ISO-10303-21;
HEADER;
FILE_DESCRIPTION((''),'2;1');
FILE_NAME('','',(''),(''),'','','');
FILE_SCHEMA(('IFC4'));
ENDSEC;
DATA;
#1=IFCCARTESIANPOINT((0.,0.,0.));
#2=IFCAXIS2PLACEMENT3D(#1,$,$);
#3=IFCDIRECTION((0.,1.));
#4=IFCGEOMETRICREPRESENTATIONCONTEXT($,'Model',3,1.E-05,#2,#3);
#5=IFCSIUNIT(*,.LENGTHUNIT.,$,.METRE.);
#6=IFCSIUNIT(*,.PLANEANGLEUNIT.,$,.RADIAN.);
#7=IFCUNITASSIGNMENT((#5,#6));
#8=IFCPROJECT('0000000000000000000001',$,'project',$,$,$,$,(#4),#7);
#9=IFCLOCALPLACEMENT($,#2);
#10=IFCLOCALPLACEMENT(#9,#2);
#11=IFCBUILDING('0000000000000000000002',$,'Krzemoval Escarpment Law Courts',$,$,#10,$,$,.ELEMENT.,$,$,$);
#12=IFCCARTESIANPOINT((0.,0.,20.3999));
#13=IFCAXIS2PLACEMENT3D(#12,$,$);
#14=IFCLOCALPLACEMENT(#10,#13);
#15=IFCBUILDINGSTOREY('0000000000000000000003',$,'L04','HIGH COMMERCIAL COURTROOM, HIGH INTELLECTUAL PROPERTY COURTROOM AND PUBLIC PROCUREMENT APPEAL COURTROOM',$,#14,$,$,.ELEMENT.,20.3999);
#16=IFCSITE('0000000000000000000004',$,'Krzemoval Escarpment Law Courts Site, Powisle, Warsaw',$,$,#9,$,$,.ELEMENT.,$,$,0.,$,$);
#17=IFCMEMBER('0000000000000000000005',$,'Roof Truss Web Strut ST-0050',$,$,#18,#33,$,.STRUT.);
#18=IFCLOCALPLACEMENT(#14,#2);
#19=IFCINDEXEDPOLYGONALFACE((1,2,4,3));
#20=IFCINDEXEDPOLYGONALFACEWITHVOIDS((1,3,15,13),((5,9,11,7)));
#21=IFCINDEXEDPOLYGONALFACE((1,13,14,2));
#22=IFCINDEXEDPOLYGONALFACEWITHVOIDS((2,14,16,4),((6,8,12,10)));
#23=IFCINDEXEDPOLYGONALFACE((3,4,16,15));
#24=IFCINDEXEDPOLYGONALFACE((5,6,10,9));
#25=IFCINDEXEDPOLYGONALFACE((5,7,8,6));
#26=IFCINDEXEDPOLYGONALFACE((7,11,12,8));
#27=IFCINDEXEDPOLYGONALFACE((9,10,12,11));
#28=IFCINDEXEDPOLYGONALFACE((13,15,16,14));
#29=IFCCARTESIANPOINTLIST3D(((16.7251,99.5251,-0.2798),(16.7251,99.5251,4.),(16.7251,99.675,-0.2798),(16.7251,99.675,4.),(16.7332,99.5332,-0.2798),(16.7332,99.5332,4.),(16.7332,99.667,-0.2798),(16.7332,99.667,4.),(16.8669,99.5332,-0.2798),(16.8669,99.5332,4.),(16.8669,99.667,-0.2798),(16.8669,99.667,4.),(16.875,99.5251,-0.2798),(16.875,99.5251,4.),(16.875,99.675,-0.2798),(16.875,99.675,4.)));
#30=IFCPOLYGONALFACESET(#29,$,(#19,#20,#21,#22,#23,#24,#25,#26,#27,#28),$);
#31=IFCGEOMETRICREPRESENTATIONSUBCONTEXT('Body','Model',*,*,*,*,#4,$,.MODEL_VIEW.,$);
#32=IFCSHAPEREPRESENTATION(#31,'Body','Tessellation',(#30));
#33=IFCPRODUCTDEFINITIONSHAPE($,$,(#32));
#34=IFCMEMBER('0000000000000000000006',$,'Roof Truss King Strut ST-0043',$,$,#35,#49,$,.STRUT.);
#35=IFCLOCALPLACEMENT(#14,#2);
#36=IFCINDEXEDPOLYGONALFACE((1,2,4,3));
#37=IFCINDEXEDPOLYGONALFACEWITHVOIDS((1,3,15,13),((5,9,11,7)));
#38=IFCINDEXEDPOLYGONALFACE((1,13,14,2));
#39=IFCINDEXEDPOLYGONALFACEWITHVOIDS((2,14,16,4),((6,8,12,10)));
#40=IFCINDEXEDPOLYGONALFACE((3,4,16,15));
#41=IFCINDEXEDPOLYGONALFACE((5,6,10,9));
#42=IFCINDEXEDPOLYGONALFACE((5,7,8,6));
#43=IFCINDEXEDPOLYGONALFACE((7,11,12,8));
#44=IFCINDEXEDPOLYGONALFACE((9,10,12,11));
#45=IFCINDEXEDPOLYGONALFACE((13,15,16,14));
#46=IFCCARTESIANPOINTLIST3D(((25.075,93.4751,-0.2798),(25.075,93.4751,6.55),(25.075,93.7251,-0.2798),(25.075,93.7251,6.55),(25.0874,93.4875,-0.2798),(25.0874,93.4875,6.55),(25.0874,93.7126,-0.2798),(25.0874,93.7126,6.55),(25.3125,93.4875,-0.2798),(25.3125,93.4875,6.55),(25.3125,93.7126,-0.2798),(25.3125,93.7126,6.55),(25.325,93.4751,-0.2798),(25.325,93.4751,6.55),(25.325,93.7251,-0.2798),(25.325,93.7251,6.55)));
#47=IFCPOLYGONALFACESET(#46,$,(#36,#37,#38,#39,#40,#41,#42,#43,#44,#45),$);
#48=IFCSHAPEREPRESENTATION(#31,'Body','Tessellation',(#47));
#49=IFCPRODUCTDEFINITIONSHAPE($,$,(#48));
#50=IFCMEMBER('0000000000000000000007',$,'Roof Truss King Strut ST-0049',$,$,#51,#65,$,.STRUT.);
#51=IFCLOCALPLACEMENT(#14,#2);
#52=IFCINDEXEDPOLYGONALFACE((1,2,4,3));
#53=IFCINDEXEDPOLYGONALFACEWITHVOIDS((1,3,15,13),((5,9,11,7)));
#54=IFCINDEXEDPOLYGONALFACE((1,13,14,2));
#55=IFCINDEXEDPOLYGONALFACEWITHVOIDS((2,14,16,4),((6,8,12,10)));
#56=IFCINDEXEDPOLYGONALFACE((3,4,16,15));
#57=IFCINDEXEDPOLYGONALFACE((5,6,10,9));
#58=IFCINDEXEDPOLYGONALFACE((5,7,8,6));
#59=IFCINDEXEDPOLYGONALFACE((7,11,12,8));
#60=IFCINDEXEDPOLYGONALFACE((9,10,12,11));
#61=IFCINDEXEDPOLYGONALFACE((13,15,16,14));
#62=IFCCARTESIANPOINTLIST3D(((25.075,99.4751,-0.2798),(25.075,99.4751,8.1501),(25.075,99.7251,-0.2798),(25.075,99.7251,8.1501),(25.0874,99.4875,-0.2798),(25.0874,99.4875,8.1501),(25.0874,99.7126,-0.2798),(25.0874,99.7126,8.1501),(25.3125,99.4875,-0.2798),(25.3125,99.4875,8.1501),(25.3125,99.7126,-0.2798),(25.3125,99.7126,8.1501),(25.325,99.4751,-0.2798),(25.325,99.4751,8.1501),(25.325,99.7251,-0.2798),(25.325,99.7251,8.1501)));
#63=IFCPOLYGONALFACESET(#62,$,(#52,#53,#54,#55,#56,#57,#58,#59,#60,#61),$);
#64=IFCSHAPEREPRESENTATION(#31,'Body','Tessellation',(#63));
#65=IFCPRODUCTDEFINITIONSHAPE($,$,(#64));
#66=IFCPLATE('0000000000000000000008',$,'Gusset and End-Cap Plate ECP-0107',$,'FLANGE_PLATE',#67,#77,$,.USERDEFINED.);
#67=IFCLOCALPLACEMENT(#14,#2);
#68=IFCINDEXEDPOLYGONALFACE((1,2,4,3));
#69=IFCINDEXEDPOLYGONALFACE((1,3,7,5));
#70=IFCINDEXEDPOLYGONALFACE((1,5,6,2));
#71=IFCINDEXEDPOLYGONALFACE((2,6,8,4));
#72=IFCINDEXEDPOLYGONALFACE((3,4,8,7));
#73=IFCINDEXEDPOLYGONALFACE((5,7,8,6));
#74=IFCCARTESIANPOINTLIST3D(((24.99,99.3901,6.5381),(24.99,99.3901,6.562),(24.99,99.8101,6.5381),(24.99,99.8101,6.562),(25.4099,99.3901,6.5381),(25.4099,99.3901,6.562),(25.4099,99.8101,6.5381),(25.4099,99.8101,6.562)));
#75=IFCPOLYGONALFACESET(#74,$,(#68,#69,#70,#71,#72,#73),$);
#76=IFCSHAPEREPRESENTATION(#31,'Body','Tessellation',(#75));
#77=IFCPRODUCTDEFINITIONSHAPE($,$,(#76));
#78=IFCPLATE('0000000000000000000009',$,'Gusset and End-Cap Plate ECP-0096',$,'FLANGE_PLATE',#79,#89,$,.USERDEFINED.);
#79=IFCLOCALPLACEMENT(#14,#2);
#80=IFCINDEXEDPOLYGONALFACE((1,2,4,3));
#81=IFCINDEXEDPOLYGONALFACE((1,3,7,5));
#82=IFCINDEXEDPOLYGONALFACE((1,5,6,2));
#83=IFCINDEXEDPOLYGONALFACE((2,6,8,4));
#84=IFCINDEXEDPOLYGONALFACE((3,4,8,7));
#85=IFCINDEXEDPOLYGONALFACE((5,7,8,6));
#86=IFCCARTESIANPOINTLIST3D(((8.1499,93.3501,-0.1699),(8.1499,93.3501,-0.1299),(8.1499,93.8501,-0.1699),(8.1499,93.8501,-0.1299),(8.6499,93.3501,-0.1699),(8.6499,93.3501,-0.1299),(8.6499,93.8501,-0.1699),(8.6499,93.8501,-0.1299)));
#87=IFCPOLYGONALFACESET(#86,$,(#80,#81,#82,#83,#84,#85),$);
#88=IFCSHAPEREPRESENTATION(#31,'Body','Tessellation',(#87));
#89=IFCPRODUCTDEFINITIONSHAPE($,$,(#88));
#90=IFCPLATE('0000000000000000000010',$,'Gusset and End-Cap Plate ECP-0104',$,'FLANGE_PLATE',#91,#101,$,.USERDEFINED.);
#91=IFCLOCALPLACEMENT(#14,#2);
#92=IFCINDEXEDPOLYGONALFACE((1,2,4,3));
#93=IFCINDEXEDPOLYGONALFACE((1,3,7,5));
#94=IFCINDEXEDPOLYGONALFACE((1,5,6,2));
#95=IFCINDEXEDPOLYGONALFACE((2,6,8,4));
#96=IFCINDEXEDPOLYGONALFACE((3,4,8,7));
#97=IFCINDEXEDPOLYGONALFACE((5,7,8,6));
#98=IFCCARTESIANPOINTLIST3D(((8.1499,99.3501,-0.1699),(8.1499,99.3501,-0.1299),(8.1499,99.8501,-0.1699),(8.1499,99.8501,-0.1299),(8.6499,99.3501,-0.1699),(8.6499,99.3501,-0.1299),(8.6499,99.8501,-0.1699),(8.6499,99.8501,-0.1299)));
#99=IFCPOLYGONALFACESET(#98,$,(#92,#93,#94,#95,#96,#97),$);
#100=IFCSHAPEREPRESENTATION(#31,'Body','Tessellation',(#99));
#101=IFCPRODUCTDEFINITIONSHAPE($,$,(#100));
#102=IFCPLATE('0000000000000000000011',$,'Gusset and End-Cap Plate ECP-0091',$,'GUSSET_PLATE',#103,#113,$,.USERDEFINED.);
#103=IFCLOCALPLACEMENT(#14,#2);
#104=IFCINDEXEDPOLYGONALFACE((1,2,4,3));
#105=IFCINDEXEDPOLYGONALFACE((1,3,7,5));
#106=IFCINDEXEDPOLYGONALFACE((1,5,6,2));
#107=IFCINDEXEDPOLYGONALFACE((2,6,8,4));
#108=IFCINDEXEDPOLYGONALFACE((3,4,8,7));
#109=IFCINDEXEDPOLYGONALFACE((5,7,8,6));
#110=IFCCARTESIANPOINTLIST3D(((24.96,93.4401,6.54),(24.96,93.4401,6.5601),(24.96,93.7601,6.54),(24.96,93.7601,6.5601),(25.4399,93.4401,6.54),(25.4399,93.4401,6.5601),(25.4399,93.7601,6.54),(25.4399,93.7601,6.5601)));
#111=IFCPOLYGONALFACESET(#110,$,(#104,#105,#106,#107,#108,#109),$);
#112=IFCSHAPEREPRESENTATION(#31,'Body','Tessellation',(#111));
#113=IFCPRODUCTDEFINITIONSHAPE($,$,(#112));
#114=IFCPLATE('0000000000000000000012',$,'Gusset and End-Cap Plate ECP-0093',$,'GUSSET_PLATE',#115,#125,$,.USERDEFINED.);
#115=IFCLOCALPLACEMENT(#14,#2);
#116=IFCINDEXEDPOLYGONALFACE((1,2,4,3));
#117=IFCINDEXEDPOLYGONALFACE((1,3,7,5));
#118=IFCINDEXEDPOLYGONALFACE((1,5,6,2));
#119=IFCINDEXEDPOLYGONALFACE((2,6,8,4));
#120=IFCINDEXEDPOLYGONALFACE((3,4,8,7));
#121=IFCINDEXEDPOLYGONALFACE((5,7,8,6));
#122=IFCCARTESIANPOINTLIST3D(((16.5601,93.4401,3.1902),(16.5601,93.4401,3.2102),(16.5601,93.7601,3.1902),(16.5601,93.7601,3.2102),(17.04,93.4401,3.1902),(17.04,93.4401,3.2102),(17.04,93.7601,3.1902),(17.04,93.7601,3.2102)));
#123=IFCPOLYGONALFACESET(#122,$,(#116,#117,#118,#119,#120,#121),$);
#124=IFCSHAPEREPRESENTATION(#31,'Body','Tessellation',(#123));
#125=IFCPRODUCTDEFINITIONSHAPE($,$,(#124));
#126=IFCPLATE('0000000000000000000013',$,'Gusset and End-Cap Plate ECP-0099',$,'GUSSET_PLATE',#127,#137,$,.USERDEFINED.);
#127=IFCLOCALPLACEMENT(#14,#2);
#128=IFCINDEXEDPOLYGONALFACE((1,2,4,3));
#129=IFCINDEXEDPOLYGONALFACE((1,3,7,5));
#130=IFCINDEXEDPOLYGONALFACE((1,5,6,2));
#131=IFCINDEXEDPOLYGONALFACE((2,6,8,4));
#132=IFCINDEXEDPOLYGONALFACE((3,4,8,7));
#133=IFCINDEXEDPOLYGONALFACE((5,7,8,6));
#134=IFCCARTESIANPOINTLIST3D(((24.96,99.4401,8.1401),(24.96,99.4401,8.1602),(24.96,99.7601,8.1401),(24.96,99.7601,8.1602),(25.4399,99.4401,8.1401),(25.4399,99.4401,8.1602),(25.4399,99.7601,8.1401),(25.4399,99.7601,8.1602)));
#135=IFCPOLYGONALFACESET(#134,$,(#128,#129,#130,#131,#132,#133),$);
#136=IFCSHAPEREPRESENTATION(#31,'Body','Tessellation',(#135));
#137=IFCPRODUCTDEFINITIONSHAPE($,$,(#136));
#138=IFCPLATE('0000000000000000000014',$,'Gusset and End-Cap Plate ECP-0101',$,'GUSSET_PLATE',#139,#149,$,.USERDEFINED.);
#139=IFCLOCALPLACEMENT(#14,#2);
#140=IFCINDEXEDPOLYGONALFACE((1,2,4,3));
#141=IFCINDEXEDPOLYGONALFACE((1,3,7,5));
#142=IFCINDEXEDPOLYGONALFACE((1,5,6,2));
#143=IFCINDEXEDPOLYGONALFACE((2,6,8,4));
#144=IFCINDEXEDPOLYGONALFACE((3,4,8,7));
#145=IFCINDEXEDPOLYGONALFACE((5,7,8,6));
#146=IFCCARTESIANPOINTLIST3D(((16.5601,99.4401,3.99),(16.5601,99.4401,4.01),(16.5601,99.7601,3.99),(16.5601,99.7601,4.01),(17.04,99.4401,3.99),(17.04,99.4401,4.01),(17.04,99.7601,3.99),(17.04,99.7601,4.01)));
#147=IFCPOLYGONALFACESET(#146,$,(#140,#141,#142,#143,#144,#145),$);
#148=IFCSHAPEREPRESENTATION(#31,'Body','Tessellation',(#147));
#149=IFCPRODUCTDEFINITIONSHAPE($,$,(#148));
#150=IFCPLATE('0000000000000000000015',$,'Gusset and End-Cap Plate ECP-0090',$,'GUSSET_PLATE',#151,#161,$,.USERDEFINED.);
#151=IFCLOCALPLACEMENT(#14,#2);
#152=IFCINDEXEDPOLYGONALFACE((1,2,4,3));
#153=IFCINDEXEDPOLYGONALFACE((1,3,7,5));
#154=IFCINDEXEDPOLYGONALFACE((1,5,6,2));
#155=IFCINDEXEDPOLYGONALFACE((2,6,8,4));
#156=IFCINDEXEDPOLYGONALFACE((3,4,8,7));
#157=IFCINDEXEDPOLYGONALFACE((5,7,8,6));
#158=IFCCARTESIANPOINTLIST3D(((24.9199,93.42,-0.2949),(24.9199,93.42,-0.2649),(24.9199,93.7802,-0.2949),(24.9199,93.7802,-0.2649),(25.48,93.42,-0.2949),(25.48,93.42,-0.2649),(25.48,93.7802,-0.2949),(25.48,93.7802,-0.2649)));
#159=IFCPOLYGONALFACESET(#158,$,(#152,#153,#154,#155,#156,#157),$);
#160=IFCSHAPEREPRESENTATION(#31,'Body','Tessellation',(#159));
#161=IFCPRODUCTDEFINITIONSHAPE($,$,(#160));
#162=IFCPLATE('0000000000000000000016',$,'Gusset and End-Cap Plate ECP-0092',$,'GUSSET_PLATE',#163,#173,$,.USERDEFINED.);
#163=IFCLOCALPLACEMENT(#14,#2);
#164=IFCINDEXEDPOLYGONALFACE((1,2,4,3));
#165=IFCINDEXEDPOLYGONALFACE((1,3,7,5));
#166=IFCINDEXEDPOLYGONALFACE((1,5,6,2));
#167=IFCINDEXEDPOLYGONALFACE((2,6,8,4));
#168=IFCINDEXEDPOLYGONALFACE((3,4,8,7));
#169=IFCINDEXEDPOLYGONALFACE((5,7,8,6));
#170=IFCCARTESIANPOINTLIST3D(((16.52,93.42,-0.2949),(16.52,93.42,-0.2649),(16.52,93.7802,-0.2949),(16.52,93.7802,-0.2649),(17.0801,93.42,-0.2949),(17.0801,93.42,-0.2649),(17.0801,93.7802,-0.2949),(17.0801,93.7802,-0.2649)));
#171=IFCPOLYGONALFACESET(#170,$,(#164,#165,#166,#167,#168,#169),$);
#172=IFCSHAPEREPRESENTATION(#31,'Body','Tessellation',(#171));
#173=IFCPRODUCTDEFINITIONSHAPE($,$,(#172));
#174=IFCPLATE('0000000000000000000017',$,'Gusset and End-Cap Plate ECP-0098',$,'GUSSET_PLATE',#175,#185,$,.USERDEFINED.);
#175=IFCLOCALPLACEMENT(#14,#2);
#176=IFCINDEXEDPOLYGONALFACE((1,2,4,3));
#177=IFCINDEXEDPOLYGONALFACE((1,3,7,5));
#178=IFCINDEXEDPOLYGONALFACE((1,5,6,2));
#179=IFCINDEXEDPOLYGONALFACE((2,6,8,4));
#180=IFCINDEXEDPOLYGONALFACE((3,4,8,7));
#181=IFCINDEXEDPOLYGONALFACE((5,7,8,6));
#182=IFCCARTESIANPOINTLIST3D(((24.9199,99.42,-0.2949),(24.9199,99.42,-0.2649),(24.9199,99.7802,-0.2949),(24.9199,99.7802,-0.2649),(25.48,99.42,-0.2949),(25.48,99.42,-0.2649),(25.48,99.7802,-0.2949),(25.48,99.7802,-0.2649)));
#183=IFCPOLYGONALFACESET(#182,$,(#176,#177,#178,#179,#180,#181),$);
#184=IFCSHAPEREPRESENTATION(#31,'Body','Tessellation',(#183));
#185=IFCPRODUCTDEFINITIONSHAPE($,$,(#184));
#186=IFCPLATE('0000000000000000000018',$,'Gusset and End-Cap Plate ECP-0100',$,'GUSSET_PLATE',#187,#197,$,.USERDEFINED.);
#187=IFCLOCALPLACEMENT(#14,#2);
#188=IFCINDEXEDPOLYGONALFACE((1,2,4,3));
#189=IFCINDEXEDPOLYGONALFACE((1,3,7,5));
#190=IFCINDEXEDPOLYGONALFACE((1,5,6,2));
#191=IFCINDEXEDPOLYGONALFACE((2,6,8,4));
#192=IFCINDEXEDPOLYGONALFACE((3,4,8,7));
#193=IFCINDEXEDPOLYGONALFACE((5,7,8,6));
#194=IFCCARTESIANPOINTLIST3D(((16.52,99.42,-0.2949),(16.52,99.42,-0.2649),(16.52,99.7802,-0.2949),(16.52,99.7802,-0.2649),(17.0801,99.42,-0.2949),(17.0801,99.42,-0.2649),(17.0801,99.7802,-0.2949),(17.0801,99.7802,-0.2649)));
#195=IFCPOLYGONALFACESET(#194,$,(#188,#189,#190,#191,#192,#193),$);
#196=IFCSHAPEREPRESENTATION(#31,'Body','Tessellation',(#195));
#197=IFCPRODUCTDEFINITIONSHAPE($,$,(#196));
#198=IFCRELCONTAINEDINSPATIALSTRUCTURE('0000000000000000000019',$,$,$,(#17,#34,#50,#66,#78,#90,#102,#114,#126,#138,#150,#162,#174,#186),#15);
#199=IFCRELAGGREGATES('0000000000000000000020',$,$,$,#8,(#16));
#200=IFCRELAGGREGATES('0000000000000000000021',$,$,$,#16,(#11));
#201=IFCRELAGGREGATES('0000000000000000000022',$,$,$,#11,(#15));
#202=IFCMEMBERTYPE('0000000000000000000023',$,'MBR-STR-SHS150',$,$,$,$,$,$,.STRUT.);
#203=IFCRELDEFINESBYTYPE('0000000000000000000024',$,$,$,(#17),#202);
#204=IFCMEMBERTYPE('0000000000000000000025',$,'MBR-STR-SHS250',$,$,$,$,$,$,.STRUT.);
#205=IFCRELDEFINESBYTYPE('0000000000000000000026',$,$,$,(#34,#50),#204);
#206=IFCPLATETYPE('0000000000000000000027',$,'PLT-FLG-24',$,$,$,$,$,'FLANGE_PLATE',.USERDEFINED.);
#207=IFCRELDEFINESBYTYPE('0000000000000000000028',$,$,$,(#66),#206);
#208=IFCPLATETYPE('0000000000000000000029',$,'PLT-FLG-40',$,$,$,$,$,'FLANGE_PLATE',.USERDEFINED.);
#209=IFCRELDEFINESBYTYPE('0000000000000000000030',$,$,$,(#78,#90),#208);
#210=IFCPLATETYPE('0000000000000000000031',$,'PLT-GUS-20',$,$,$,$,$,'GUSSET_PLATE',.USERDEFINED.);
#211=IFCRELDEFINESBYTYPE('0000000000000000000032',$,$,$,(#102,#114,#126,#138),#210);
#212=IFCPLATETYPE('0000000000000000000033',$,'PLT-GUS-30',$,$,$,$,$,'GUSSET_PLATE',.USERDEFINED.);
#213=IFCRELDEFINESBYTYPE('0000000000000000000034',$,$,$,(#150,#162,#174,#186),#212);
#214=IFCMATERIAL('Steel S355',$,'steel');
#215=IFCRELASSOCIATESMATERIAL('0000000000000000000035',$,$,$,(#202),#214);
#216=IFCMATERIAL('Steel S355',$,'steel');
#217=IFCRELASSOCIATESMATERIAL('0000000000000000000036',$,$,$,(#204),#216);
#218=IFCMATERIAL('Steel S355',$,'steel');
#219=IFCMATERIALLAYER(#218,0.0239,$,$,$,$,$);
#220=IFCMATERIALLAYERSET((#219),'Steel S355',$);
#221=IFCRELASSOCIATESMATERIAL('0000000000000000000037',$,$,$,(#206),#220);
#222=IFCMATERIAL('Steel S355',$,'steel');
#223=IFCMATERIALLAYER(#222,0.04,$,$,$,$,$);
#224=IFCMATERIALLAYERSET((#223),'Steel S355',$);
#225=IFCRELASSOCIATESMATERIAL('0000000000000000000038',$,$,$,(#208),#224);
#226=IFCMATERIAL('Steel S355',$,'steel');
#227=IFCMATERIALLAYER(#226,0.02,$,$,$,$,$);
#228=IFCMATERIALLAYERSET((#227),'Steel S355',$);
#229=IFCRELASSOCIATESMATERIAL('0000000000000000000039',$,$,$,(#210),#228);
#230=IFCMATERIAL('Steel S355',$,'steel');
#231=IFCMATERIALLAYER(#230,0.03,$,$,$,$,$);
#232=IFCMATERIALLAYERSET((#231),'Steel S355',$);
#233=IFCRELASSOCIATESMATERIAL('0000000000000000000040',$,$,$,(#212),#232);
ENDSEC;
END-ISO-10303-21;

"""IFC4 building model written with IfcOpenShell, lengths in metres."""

from ifc_helpers import new_model, si_unit, direction, frame, origin, origin_2d, place, context, subcontext, project, spatial, rectangle, hollow_rectangle, extrude, material, layer, layer_set, material_profile, profile_set, type_object, element, save


model = new_model("IFC4")

# Units and contexts
model_context = context("Model", 3, precision=1e-05, world=origin(), true_north=direction((0.0, 1.0)))
body_context = subcontext(model_context, "Body", "Model", "MODEL_VIEW")
ifc_project = project(units=[si_unit("LENGTHUNIT", "METRE"), si_unit("PLANEANGLEUNIT", "RADIAN")], contexts=[model_context])

# Site, building, storey
site_placement = place(None, origin())
site = spatial("IfcSite", under=ifc_project, at=site_placement, Name="Krzemoval Escarpment Law Courts Site, Powisle, Warsaw", CompositionType="ELEMENT", RefElevation=0.0)
building_placement = place(site_placement, origin())
building = spatial("IfcBuilding", under=site, at=building_placement, Name="Krzemoval Escarpment Law Courts", CompositionType="ELEMENT")
storey_placement = place(building_placement, frame((0.0, 0.0, 20.3999)))
storey = spatial("IfcBuildingStorey", under=building, at=storey_placement, Name="L04", Description="HIGH COMMERCIAL COURTROOM, HIGH INTELLECTUAL PROPERTY COURTROOM AND PUBLIC PROCUREMENT APPEAL COURTROOM", CompositionType="ELEMENT", Elevation=20.3999)

# Members
ifc_material_1 = material(Name="Steel S355", Category="steel")
ifc_material_profile_1 = material_profile(ifc_material_1, hollow_rectangle(XDim=0.1499, YDim=0.1499, WallThickness=0.0081, at=origin_2d()), Name="SHS 150x150x8")
ifc_profile_set_1 = profile_set([ifc_material_profile_1], Name="Steel S355")
member_type_1 = type_object("IfcMemberType", Name="MBR-STR-SHS150", PredefinedType="STRUT", material=ifc_profile_set_1)
member_1_placement = place(storey_placement, frame((16.8, 99.6001, -0.2798), z_axis=(0.0, 0.0, 1.0), x_axis=(1.0, 0.0, 0.0)))
element("IfcMember", 1, at=member_1_placement, inside=storey, type_object=member_type_1, Name="Roof Truss Web Strut ST-0050", PredefinedType="STRUT", context=body_context, shape_type="SweptSolid", body=[
    extrude(hollow_rectangle(XDim=0.1499, YDim=0.1499, WallThickness=0.0081, at=origin_2d()), origin(), (0.0, 0.0, 1.0), 4.2798),
])
ifc_material_2 = material(Name="Steel S355", Category="steel")
ifc_material_profile_2 = material_profile(ifc_material_2, hollow_rectangle(XDim=0.25, YDim=0.25, WallThickness=0.0125, at=origin_2d()), Name="SHS 250x250x12.5")
ifc_profile_set_2 = profile_set([ifc_material_profile_2], Name="Steel S355")
member_type_2 = type_object("IfcMemberType", Name="MBR-STR-SHS250", PredefinedType="STRUT", material=ifc_profile_set_2)
member_2_placement = place(storey_placement, frame((25.2, 93.6001, -0.2798), z_axis=(0.0, 0.0, 1.0), x_axis=(1.0, 0.0, 0.0)))
element("IfcMember", 2, at=member_2_placement, inside=storey, type_object=member_type_2, Name="Roof Truss King Strut ST-0043", PredefinedType="STRUT", context=body_context, shape_type="SweptSolid", body=[
    extrude(hollow_rectangle(XDim=0.25, YDim=0.25, WallThickness=0.0125, at=origin_2d()), origin(), (0.0, 0.0, 1.0), 6.8298),
])
member_3_placement = place(storey_placement, frame((25.2, 99.6001, -0.2798), z_axis=(0.0, 0.0, 1.0), x_axis=(1.0, 0.0, 0.0)))
element("IfcMember", 3, at=member_3_placement, inside=storey, type_object=member_type_2, Name="Roof Truss King Strut ST-0049", PredefinedType="STRUT", context=body_context, shape_type="SweptSolid", body=[
    extrude(hollow_rectangle(XDim=0.25, YDim=0.25, WallThickness=0.0125, at=origin_2d()), origin(), (0.0, 0.0, 1.0), 8.4299),
])

# Plates
ifc_material_3 = material(Name="Steel S355", Category="steel")
ifc_layer_1 = layer(ifc_material_3, 0.0239)
ifc_layer_set_1 = layer_set([ifc_layer_1], Name="Steel S355")
plate_type_1 = type_object("IfcPlateType", Name="PLT-FLG-24", ElementType="FLANGE_PLATE", PredefinedType="USERDEFINED", material=ifc_layer_set_1)
plate_placement = place(storey_placement, frame((25.2, 99.6001, 6.5381), z_axis=(0.0, 0.0, 1.0), x_axis=(1.0, 0.0, 0.0)))
element("IfcPlate", 4, at=plate_placement, inside=storey, type_object=plate_type_1, Name="Gusset and End-Cap Plate ECP-0107", ObjectType="FLANGE_PLATE", PredefinedType="USERDEFINED", context=body_context, shape_type="SweptSolid", body=[
    extrude(rectangle(XDim=0.4199, YDim=0.4199, at=origin_2d()), origin(), (0.0, 0.0, 1.0), 0.0239),
])
ifc_material_4 = material(Name="Steel S355", Category="steel")
ifc_layer_2 = layer(ifc_material_4, 0.04)
ifc_layer_set_2 = layer_set([ifc_layer_2], Name="Steel S355")
plate_type_2 = type_object("IfcPlateType", Name="PLT-FLG-40", ElementType="FLANGE_PLATE", PredefinedType="USERDEFINED", material=ifc_layer_set_2)
for number, where, z_axis, x_axis, name in (
    (5, (8.3999, 93.6001, -0.1699), (0.0, 0.0, 1.0), (1.0, 0.0, 0.0), "Gusset and End-Cap Plate ECP-0096"),
    (6, (8.3999, 99.6001, -0.1699), (0.0, 0.0, 1.0), (1.0, 0.0, 0.0), "Gusset and End-Cap Plate ECP-0104"),
):
    element("IfcPlate", number, at=place(storey_placement, frame(where, z_axis=z_axis, x_axis=x_axis)), inside=storey, type_object=plate_type_2, Name=name, ObjectType="FLANGE_PLATE", PredefinedType="USERDEFINED", context=body_context, shape_type="SweptSolid", body=[
        extrude(rectangle(XDim=0.5, YDim=0.5, at=origin_2d()), origin(), (0.0, 0.0, 1.0), 0.04),
    ])
ifc_material_5 = material(Name="Steel S355", Category="steel")
ifc_layer_3 = layer(ifc_material_5, 0.02)
ifc_layer_set_3 = layer_set([ifc_layer_3], Name="Steel S355")
plate_type_3 = type_object("IfcPlateType", Name="PLT-GUS-20", ElementType="GUSSET_PLATE", PredefinedType="USERDEFINED", material=ifc_layer_set_3)
for number, where, z_axis, x_axis, name in (
    (7, (25.2, 93.6001, 6.54), (0.0, 0.0, 1.0), (1.0, 0.0, 0.0), "Gusset and End-Cap Plate ECP-0091"),
    (8, (16.8, 93.6001, 3.1902), (0.0, 0.0, 1.0), (1.0, 0.0, 0.0), "Gusset and End-Cap Plate ECP-0093"),
    (9, (25.2, 99.6001, 8.1401), (0.0, 0.0, 1.0), (1.0, 0.0, 0.0), "Gusset and End-Cap Plate ECP-0099"),
    (10, (16.8, 99.6001, 3.99), (0.0, 0.0, 1.0), (1.0, 0.0, 0.0), "Gusset and End-Cap Plate ECP-0101"),
):
    element("IfcPlate", number, at=place(storey_placement, frame(where, z_axis=z_axis, x_axis=x_axis)), inside=storey, type_object=plate_type_3, Name=name, ObjectType="GUSSET_PLATE", PredefinedType="USERDEFINED", context=body_context, shape_type="SweptSolid", body=[
        extrude(rectangle(XDim=0.48, YDim=0.3201, at=origin_2d()), origin(), (0.0, 0.0, 1.0), 0.02),
    ])
ifc_material_6 = material(Name="Steel S355", Category="steel")
ifc_layer_4 = layer(ifc_material_6, 0.03)
ifc_layer_set_4 = layer_set([ifc_layer_4], Name="Steel S355")
plate_type_4 = type_object("IfcPlateType", Name="PLT-GUS-30", ElementType="GUSSET_PLATE", PredefinedType="USERDEFINED", material=ifc_layer_set_4)
for number, where, z_axis, x_axis, name in (
    (11, (25.2, 93.6001, -0.2949), (0.0, 0.0, 1.0), (1.0, 0.0, 0.0), "Gusset and End-Cap Plate ECP-0090"),
    (12, (16.8, 93.6001, -0.2949), (0.0, 0.0, 1.0), (1.0, 0.0, 0.0), "Gusset and End-Cap Plate ECP-0092"),
    (13, (25.2, 99.6001, -0.2949), (0.0, 0.0, 1.0), (1.0, 0.0, 0.0), "Gusset and End-Cap Plate ECP-0098"),
    (14, (16.8, 99.6001, -0.2949), (0.0, 0.0, 1.0), (1.0, 0.0, 0.0), "Gusset and End-Cap Plate ECP-0100"),
):
    element("IfcPlate", number, at=place(storey_placement, frame(where, z_axis=z_axis, x_axis=x_axis)), inside=storey, type_object=plate_type_4, Name=name, ObjectType="GUSSET_PLATE", PredefinedType="USERDEFINED", context=body_context, shape_type="SweptSolid", body=[
        extrude(rectangle(XDim=0.5601, YDim=0.3601, at=origin_2d()), origin(), (0.0, 0.0, 1.0), 0.03),
    ])

save(model, "model.ifc")
